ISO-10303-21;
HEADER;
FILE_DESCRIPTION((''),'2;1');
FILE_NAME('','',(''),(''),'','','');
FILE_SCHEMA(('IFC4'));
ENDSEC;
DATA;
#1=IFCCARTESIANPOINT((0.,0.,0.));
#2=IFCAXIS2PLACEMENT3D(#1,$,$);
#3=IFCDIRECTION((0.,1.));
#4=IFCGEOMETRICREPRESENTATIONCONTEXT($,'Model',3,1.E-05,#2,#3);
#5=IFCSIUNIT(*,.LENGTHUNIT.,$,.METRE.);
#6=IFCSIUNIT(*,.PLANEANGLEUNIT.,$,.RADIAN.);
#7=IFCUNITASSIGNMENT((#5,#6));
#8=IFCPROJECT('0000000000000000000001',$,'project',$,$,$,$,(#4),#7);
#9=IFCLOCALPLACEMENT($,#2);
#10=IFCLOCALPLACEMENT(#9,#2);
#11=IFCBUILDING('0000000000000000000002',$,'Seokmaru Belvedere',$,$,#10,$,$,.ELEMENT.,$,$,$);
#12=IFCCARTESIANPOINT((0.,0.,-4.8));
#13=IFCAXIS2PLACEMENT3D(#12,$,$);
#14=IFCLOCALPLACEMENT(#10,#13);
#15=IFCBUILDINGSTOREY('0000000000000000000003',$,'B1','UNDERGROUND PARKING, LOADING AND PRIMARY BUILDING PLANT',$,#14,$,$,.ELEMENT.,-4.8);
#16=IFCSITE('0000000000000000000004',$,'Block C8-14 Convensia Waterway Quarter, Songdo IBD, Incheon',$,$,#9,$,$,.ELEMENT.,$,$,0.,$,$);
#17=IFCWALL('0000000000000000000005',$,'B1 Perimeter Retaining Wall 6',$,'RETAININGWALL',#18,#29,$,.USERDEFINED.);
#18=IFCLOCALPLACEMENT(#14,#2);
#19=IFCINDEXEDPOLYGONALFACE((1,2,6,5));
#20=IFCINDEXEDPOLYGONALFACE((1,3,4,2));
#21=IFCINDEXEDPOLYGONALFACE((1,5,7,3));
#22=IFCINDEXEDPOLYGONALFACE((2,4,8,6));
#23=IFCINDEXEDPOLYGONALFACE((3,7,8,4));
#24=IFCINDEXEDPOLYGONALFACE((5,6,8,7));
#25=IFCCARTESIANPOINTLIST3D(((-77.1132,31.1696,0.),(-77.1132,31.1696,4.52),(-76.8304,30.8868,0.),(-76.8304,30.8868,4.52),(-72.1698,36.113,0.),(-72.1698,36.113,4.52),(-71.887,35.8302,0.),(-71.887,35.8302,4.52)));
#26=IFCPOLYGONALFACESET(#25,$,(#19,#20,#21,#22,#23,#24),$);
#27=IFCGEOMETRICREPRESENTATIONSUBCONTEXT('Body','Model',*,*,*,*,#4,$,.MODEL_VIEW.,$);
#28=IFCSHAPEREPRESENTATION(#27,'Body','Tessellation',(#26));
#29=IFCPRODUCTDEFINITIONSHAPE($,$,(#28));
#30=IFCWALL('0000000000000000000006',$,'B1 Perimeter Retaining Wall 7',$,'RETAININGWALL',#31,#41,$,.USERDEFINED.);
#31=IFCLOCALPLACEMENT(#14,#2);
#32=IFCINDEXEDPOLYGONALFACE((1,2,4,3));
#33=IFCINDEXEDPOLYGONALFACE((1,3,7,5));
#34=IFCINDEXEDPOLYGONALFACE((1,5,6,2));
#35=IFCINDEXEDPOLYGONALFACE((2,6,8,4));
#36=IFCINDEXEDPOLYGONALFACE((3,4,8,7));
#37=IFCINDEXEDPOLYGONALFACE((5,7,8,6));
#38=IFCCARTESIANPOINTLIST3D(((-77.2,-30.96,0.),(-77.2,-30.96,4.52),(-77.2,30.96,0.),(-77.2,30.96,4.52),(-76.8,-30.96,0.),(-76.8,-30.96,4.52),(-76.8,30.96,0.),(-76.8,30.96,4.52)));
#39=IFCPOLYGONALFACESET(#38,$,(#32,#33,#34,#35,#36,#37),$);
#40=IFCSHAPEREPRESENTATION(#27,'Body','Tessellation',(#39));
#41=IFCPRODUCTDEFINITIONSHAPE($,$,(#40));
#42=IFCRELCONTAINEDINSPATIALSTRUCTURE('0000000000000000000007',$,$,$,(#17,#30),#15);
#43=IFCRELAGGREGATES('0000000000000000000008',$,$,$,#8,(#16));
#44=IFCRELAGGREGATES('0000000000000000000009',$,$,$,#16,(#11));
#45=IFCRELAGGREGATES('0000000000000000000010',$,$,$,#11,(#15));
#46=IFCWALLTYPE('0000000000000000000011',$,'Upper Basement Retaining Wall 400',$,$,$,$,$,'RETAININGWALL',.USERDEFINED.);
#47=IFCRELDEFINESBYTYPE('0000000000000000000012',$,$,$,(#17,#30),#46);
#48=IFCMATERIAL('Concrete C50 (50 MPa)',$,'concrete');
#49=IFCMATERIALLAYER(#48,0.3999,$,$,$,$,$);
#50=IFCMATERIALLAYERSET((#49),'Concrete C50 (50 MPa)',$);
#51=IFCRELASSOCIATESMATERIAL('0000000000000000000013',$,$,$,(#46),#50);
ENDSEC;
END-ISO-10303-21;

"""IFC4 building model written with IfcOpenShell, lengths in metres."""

from ifc_helpers import new_model, si_unit, direction, frame, frame_2d, origin, place, context, subcontext, project, spatial, rectangle, extrude, material, layer, layer_set, type_object, element, save


model = new_model("IFC4")

# Units and contexts
model_context = context("Model", 3, precision=1e-05, world=origin(), true_north=direction((0.0, 1.0)))
body_context = subcontext(model_context, "Body", "Model", "MODEL_VIEW")
ifc_project = project(units=[si_unit("LENGTHUNIT", "METRE"), si_unit("PLANEANGLEUNIT", "RADIAN")], contexts=[model_context])

# Site, building, storey
site_placement = place(None, origin())
site = spatial("IfcSite", under=ifc_project, at=site_placement, Name="Block C8-14 Convensia Waterway Quarter, Songdo IBD, Incheon", CompositionType="ELEMENT", RefElevation=0.0)
building_placement = place(site_placement, origin())
building = spatial("IfcBuilding", under=site, at=building_placement, Name="Seokmaru Belvedere", CompositionType="ELEMENT")
storey_placement = place(building_placement, frame((0.0, 0.0, -4.8)))
storey = spatial("IfcBuildingStorey", under=building, at=storey_placement, Name="B1", Description="UNDERGROUND PARKING, LOADING AND PRIMARY BUILDING PLANT", CompositionType="ELEMENT", Elevation=-4.8)

# Shared definitions
ifc_material_1 = material(Name="Concrete C50 (50 MPa)", Category="concrete")

# Walls
ifc_layer_1 = layer(ifc_material_1, 0.3999)
ifc_layer_set_1 = layer_set([ifc_layer_1], Name="Concrete C50 (50 MPa)")
wall_type_1 = type_object("IfcWallType", Name="Upper Basement Retaining Wall 400", ElementType="RETAININGWALL", PredefinedType="USERDEFINED", material=ifc_layer_set_1)
wall_1_placement = place(storey_placement, frame((-72.0283, 35.9717, 0.0), z_axis=(0.0, 0.0, 1.0), x_axis=(-0.707107, -0.707107, 0.0)))
element("IfcWall", 1, at=wall_1_placement, inside=storey, type_object=wall_type_1, Name="B1 Perimeter Retaining Wall 6", ObjectType="RETAININGWALL", PredefinedType="USERDEFINED", context=body_context, shape_type="SweptSolid", body=[
    extrude(rectangle(XDim=6.991, YDim=0.3999, at=frame_2d((3.4956, 0.0))), origin(), (0.0, 0.0, 1.0), 4.52),
])
wall_2_placement = place(storey_placement, frame((-77.0, 30.96, 0.0), z_axis=(0.0, 0.0, 1.0), x_axis=(0.0, -1.0, 0.0)))
element("IfcWall", 2, at=wall_2_placement, inside=storey, type_object=wall_type_1, Name="B1 Perimeter Retaining Wall 7", ObjectType="RETAININGWALL", PredefinedType="USERDEFINED", context=body_context, shape_type="SweptSolid", body=[
    extrude(rectangle(XDim=61.9199, YDim=0.3999, at=frame_2d((30.96, 0.0))), origin(), (0.0, 0.0, 1.0), 4.52),
])

save(model, "model.ifc")
